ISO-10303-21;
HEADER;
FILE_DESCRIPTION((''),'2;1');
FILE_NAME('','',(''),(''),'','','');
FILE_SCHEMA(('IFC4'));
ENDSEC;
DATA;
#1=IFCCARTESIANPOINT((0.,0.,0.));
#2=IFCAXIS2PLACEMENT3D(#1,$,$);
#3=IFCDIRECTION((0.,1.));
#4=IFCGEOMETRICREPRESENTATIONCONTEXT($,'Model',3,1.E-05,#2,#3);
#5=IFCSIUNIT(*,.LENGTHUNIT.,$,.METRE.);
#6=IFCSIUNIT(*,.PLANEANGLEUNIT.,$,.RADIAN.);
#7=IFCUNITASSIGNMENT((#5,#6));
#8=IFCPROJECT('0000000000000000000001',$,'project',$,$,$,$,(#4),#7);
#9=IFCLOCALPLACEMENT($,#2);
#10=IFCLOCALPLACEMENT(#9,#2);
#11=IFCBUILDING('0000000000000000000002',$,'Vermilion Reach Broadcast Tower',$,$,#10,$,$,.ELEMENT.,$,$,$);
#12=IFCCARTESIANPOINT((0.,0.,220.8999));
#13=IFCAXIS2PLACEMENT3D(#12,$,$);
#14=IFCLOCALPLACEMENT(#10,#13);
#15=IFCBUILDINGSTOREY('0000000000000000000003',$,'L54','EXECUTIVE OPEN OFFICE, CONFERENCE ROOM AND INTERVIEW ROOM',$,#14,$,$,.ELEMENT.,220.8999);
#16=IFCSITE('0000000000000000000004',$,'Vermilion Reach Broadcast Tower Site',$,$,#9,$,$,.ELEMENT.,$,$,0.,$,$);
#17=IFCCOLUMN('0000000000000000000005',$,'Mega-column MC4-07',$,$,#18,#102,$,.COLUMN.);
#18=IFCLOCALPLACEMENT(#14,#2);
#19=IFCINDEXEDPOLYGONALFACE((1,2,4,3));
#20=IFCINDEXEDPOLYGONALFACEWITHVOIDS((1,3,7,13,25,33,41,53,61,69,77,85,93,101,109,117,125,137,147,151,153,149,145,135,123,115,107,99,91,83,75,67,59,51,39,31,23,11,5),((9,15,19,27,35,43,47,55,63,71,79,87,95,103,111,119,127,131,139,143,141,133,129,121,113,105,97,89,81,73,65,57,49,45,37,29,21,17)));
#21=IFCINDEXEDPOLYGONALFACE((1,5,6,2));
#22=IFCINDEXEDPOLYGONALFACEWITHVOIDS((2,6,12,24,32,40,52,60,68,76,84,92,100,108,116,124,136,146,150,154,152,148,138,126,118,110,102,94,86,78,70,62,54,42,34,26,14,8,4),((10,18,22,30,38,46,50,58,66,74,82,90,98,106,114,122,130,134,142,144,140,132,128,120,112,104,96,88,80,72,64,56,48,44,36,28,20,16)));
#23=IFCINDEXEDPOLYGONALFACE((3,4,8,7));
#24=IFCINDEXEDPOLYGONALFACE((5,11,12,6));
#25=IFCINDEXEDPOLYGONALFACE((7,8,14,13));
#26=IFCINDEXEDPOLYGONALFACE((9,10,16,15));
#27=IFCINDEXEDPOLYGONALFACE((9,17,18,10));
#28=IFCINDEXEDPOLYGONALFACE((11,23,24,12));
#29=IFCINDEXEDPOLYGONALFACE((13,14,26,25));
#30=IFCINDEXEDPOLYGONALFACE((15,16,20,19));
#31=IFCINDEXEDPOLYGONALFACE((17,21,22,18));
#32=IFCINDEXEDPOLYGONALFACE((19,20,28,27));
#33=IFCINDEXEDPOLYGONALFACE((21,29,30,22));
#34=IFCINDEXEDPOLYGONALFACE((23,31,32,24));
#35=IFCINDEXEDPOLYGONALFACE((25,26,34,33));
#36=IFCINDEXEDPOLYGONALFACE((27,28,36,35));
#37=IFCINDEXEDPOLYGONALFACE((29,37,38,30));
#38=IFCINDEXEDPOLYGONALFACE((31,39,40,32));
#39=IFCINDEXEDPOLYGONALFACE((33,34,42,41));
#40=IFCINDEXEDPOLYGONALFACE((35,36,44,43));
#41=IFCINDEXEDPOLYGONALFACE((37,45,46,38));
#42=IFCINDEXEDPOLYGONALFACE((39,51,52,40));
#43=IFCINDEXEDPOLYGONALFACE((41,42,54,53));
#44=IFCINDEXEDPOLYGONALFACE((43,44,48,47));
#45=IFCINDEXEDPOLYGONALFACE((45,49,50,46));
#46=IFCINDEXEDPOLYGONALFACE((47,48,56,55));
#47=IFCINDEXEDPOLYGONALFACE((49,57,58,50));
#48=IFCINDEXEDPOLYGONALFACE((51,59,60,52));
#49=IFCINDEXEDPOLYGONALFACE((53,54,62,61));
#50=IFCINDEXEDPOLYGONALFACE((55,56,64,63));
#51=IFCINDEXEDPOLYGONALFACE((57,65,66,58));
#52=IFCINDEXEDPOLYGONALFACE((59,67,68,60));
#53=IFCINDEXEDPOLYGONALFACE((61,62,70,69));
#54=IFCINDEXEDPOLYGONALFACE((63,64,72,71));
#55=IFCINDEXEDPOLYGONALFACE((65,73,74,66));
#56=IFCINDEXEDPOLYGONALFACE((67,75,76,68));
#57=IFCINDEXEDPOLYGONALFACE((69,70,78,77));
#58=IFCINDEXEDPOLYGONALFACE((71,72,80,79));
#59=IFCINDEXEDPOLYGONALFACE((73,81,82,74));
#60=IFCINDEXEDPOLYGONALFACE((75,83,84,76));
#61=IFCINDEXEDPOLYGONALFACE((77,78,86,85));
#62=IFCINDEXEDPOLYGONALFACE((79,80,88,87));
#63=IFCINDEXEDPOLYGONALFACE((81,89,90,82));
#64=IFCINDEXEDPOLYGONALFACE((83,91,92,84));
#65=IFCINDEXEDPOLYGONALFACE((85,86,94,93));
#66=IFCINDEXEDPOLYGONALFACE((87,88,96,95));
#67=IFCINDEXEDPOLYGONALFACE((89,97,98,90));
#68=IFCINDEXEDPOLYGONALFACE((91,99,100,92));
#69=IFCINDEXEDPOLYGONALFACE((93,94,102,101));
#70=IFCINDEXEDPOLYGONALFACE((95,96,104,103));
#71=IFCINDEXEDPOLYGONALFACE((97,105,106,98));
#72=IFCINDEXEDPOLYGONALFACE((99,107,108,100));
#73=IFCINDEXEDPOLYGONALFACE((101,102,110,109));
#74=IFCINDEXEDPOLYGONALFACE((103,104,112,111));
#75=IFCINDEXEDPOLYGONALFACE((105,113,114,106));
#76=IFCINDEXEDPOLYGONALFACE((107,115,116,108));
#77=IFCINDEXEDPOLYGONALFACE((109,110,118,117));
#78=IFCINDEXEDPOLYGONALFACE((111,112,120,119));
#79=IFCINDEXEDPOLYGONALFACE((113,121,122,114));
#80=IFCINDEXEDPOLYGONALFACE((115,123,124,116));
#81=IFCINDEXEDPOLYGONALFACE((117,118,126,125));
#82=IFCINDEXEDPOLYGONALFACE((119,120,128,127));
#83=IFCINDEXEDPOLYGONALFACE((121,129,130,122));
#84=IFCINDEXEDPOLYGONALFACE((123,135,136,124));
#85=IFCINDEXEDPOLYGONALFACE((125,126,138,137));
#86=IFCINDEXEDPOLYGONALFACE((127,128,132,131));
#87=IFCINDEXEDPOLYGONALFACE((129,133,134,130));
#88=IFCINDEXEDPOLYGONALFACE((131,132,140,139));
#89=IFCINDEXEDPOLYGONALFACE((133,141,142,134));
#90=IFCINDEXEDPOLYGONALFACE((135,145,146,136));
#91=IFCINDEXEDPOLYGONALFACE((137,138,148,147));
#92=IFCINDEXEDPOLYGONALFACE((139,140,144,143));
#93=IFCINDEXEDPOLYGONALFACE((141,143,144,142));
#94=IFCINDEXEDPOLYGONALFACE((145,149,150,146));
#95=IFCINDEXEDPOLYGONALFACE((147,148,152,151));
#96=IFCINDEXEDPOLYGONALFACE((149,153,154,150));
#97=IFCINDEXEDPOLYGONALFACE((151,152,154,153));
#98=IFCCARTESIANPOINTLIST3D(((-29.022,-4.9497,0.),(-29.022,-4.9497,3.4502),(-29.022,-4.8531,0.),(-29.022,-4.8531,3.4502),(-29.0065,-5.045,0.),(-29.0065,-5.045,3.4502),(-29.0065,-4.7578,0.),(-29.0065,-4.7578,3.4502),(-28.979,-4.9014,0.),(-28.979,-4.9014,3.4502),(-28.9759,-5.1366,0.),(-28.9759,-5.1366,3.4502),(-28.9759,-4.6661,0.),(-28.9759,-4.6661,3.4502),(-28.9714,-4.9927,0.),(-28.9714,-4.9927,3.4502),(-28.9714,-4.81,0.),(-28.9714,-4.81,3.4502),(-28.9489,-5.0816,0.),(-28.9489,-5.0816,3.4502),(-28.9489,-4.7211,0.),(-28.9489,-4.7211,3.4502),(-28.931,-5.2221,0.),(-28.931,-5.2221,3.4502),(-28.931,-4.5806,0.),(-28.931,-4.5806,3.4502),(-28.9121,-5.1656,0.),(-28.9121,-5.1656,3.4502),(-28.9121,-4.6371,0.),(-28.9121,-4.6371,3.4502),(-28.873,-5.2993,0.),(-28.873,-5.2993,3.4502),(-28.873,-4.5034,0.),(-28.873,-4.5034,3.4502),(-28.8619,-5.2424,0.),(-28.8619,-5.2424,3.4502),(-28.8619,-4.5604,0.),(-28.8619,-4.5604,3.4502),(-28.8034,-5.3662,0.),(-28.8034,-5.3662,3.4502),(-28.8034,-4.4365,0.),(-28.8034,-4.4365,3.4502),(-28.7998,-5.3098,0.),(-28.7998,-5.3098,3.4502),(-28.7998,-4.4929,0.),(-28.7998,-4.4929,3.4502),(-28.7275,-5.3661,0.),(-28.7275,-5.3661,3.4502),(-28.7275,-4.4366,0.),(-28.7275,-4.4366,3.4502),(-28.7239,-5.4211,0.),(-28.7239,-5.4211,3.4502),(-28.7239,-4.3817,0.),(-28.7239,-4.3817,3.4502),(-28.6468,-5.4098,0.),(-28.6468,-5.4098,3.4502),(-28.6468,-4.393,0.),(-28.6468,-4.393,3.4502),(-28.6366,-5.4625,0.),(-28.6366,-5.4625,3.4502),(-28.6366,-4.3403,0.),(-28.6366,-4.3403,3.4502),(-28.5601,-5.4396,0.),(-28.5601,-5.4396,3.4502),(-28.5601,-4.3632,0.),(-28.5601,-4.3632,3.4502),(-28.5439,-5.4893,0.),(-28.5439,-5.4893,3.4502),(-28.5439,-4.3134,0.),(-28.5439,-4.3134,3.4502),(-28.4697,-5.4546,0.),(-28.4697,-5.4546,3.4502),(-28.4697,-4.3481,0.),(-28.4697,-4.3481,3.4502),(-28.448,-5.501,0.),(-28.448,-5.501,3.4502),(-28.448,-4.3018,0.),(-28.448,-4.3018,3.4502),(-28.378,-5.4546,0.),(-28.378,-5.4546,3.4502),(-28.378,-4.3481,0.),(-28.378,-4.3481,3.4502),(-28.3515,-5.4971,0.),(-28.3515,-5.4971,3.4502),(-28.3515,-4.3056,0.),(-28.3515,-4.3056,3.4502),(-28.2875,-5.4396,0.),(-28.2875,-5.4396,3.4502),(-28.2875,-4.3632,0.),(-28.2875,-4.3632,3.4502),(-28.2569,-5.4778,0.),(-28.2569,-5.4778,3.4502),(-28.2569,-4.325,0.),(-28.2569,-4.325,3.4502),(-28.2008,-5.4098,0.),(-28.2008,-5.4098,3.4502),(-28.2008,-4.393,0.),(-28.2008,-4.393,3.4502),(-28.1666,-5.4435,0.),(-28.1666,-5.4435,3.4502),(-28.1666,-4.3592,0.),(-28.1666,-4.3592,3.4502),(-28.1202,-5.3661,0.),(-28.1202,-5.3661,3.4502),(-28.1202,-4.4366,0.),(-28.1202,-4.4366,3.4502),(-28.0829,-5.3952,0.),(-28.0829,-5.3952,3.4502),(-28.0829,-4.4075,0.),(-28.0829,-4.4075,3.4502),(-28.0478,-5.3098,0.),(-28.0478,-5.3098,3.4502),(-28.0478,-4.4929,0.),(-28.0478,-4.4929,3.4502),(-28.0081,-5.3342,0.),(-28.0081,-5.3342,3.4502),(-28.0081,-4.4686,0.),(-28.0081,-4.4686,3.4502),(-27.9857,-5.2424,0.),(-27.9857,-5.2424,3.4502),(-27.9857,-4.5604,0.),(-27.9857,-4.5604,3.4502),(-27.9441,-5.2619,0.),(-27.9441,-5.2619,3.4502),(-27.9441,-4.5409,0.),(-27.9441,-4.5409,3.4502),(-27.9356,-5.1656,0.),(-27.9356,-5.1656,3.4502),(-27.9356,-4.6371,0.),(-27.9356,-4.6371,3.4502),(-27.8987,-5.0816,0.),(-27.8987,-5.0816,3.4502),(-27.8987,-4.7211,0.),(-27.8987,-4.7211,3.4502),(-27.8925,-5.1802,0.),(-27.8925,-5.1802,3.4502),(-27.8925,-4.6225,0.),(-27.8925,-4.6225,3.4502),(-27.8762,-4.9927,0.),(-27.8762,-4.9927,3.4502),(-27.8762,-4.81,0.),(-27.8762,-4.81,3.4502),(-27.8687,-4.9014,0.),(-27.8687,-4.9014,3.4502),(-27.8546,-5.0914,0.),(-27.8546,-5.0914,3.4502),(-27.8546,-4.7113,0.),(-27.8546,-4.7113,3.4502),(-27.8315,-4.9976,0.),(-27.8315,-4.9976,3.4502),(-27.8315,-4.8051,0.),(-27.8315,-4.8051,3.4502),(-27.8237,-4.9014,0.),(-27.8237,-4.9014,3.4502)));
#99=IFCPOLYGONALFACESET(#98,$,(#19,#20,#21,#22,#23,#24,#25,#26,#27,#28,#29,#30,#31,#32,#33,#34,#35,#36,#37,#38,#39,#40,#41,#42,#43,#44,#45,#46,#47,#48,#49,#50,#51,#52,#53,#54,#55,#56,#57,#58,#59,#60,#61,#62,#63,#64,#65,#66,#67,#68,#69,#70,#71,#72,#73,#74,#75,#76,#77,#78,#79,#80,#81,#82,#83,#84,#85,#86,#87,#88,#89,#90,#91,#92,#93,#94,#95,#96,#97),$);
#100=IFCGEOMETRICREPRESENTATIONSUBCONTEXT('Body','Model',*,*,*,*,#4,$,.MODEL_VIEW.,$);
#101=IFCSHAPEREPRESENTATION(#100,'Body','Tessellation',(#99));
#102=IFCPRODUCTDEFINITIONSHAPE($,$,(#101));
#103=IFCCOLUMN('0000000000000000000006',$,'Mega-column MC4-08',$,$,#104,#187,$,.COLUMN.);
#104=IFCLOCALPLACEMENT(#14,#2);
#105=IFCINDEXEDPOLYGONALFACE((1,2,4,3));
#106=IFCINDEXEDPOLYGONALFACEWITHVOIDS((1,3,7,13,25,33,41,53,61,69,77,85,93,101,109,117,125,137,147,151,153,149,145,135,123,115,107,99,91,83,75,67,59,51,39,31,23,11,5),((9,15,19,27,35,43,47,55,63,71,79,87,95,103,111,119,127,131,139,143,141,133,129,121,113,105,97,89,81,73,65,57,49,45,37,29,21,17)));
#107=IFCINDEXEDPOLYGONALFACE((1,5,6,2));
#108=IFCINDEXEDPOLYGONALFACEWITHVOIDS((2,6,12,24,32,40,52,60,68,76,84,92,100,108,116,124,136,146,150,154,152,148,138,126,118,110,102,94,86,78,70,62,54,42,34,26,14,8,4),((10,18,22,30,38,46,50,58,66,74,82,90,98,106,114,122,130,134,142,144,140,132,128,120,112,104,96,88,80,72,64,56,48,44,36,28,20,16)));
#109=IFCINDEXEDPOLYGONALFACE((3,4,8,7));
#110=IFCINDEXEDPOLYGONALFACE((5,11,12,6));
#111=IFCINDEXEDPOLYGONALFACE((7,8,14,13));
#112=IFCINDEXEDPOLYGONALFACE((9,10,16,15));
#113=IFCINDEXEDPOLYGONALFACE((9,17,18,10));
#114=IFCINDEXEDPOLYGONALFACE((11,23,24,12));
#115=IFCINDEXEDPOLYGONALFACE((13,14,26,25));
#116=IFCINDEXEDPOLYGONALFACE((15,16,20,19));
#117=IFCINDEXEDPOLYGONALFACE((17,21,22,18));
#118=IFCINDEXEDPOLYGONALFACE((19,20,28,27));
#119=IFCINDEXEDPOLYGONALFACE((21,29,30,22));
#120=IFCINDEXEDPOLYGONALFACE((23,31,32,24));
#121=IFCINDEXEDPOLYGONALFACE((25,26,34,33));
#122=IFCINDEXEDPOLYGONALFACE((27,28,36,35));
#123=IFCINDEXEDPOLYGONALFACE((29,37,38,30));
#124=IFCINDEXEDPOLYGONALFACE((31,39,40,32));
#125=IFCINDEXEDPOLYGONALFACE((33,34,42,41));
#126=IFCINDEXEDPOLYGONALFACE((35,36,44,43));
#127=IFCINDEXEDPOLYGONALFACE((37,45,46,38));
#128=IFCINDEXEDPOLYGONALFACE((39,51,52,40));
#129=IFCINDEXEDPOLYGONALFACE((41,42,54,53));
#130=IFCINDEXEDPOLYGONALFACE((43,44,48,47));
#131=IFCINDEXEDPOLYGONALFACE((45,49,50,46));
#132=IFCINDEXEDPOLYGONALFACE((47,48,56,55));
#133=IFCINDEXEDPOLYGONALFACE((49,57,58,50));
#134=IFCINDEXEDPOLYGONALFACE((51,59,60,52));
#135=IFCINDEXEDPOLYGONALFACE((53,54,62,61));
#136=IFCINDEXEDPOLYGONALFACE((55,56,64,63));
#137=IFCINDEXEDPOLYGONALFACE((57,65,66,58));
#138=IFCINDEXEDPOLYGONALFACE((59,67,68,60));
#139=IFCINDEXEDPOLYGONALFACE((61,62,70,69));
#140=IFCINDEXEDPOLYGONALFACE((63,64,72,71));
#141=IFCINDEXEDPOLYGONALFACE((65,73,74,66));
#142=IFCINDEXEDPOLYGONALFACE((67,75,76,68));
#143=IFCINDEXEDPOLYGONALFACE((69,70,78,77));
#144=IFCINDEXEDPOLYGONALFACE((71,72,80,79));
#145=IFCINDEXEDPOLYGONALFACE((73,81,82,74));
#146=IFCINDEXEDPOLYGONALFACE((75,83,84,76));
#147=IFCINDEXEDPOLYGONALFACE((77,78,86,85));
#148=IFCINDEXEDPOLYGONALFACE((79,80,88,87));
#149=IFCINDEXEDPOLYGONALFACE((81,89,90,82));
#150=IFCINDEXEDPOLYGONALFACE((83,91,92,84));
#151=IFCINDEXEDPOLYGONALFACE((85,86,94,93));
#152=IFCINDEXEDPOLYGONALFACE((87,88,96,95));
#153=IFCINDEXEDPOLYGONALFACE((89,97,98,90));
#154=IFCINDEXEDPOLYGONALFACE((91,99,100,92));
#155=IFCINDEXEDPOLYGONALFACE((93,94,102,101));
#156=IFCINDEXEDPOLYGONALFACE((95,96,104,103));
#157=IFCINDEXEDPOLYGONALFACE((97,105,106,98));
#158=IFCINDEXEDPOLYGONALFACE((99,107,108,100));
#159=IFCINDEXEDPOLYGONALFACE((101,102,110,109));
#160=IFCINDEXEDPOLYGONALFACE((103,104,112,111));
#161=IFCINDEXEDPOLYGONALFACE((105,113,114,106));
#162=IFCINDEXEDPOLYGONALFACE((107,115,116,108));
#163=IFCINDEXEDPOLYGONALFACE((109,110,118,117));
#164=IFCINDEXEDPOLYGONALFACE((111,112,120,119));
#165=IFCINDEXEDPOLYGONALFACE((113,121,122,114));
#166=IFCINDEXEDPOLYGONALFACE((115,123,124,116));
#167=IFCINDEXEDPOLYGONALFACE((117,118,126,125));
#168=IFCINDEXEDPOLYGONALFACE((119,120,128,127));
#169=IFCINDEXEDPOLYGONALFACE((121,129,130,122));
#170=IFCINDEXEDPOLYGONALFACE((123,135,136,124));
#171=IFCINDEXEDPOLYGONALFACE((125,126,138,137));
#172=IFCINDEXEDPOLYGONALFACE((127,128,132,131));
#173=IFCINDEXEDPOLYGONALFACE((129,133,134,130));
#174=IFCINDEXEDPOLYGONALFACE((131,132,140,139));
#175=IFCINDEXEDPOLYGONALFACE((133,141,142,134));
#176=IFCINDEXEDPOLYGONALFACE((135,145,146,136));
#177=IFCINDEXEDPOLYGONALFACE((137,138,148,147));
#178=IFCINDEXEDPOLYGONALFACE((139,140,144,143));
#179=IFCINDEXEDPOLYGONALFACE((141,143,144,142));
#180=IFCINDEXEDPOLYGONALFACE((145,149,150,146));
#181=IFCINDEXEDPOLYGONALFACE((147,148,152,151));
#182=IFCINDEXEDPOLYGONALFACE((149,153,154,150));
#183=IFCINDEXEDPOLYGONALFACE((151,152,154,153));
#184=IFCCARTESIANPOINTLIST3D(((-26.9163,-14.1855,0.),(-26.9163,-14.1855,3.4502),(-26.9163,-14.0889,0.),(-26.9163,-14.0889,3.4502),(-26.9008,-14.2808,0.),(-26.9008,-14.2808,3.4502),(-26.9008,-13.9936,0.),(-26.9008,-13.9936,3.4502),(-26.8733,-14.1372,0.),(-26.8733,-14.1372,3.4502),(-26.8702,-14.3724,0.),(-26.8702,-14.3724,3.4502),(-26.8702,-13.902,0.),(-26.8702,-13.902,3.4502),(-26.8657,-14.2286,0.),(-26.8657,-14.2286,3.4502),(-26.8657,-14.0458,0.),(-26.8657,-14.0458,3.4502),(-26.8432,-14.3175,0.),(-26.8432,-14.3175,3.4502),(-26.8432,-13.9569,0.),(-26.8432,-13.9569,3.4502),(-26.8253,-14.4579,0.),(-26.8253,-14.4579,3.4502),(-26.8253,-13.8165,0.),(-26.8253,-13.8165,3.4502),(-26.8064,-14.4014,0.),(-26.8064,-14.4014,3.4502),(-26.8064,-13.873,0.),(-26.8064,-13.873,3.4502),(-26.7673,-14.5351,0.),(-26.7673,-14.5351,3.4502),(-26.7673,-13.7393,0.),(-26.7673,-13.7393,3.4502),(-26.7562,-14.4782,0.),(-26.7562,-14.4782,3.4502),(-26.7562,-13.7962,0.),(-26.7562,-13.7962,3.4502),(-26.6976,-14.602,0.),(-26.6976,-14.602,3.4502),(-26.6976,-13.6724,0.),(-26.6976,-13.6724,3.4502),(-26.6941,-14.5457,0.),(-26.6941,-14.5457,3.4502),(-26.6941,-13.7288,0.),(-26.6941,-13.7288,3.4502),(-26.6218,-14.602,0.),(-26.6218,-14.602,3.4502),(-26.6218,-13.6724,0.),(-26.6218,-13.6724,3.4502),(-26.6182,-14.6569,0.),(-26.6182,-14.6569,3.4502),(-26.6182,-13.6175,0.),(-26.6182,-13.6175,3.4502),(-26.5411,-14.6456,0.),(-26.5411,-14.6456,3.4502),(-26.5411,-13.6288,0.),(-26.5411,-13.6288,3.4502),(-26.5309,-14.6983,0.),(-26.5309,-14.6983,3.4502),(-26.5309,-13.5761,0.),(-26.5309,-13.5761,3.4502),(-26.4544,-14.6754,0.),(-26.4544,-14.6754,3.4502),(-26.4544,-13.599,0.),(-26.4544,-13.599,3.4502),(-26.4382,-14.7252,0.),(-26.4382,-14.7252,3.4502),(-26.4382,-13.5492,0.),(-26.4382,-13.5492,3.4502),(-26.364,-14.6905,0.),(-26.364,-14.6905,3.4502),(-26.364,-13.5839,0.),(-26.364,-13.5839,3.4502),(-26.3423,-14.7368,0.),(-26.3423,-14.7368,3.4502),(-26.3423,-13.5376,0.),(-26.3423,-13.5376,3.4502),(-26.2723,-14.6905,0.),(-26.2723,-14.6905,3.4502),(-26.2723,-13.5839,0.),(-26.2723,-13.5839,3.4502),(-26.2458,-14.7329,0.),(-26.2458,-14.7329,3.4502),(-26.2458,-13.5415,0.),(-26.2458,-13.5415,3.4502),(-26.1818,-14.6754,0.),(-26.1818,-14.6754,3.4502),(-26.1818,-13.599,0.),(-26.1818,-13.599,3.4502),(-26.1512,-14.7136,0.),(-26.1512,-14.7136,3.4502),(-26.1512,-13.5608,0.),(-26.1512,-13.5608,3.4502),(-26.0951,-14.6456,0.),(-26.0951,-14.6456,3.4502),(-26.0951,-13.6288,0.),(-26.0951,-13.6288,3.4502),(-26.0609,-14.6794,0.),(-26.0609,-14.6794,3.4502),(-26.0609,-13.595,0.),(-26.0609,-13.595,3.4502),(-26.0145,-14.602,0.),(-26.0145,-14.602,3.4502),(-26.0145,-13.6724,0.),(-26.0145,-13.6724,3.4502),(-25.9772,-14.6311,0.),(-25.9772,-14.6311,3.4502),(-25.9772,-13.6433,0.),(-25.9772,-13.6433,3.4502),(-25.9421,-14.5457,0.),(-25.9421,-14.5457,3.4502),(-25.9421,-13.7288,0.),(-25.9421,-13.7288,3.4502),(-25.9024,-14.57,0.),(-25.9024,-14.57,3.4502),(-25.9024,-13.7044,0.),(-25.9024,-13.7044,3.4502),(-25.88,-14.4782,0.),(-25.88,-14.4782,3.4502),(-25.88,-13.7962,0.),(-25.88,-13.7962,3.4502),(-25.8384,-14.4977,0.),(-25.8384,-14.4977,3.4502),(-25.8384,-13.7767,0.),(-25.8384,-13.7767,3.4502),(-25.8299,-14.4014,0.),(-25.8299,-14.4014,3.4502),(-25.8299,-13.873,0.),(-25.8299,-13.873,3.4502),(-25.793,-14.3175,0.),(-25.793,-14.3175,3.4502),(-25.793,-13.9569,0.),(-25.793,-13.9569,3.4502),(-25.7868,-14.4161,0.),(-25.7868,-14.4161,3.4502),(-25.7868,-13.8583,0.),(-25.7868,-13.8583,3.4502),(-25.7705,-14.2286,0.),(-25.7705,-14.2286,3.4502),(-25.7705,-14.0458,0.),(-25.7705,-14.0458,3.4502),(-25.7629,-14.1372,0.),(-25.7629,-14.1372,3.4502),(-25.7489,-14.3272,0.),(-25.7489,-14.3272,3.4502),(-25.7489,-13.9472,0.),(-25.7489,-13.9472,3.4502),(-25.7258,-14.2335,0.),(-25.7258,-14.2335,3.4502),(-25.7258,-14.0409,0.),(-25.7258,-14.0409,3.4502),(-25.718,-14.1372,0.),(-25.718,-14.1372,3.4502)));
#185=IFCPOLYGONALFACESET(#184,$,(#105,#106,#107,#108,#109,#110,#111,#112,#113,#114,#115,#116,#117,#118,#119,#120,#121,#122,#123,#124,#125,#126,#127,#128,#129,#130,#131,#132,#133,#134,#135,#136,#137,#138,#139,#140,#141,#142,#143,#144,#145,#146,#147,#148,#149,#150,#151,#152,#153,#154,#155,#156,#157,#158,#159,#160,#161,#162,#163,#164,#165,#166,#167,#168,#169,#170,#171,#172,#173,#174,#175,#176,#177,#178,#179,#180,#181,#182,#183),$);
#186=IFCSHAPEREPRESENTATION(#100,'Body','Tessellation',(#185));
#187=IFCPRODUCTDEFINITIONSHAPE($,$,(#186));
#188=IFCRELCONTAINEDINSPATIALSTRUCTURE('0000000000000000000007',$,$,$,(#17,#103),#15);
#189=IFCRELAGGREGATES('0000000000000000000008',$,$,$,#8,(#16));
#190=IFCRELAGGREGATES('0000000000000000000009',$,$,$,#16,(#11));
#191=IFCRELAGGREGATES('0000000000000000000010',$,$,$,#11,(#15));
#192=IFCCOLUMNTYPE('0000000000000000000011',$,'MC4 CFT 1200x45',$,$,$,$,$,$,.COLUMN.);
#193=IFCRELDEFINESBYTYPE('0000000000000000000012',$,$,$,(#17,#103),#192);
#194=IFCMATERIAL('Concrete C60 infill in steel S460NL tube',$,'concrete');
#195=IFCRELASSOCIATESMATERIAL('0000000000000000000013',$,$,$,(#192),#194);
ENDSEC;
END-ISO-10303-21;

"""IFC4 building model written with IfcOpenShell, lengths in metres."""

from ifc_helpers import new_model, si_unit, direction, frame, origin, origin_2d, place, context, subcontext, project, spatial, hollow_circle, extrude, material, material_profile, profile_set, type_object, element, save


model = new_model("IFC4")

# Units and contexts
model_context = context("Model", 3, precision=1e-05, world=origin(), true_north=direction((0.0, 1.0)))
body_context = subcontext(model_context, "Body", "Model", "MODEL_VIEW")
ifc_project = project(units=[si_unit("LENGTHUNIT", "METRE"), si_unit("PLANEANGLEUNIT", "RADIAN")], contexts=[model_context])

# Site, building, storey
site_placement = place(None, origin())
site = spatial("IfcSite", under=ifc_project, at=site_placement, Name="Vermilion Reach Broadcast Tower Site", CompositionType="ELEMENT", RefElevation=0.0)
building_placement = place(site_placement, origin())
building = spatial("IfcBuilding", under=site, at=building_placement, Name="Vermilion Reach Broadcast Tower", CompositionType="ELEMENT")
storey_placement = place(building_placement, frame((0.0, 0.0, 220.8999)))
storey = spatial("IfcBuildingStorey", under=building, at=storey_placement, Name="L54", Description="EXECUTIVE OPEN OFFICE, CONFERENCE ROOM AND INTERVIEW ROOM", CompositionType="ELEMENT", Elevation=220.8999)

# Columns
ifc_material_1 = material(Name="Concrete C60 infill in steel S460NL tube", Category="concrete")
ifc_material_profile_1 = material_profile(ifc_material_1, hollow_circle(Radius=0.6001, WallThickness=0.0449, at=origin_2d()), Name="Concrete C60 infill in steel S460NL tube CFT 1200x45")
ifc_profile_set_1 = profile_set([ifc_material_profile_1], Name="Concrete C60 infill in steel S460NL tube")
column_type = type_object("IfcColumnType", Name="MC4 CFT 1200x45", PredefinedType="COLUMN", material=ifc_profile_set_1)
for number, where, z_axis, x_axis, name in (
    (1, (-28.4238, -4.9014, 0.0), (0.0, 0.0, 1.0), (1.0, 0.0, 0.0), "Mega-column MC4-07"),
    (2, (-26.3181, -14.1372, 0.0), (0.0, 0.0, 1.0), (1.0, 0.0, 0.0), "Mega-column MC4-08"),
):
    element("IfcColumn", number, at=place(storey_placement, frame(where, z_axis=z_axis, x_axis=x_axis)), inside=storey, type_object=column_type, Name=name, PredefinedType="COLUMN", context=body_context, shape_type="SweptSolid", body=[
        extrude(hollow_circle(Radius=0.6001, WallThickness=0.0449, at=origin_2d()), origin(), (0.0, 0.0, 1.0), 3.4502),
    ])

save(model, "model.ifc")
